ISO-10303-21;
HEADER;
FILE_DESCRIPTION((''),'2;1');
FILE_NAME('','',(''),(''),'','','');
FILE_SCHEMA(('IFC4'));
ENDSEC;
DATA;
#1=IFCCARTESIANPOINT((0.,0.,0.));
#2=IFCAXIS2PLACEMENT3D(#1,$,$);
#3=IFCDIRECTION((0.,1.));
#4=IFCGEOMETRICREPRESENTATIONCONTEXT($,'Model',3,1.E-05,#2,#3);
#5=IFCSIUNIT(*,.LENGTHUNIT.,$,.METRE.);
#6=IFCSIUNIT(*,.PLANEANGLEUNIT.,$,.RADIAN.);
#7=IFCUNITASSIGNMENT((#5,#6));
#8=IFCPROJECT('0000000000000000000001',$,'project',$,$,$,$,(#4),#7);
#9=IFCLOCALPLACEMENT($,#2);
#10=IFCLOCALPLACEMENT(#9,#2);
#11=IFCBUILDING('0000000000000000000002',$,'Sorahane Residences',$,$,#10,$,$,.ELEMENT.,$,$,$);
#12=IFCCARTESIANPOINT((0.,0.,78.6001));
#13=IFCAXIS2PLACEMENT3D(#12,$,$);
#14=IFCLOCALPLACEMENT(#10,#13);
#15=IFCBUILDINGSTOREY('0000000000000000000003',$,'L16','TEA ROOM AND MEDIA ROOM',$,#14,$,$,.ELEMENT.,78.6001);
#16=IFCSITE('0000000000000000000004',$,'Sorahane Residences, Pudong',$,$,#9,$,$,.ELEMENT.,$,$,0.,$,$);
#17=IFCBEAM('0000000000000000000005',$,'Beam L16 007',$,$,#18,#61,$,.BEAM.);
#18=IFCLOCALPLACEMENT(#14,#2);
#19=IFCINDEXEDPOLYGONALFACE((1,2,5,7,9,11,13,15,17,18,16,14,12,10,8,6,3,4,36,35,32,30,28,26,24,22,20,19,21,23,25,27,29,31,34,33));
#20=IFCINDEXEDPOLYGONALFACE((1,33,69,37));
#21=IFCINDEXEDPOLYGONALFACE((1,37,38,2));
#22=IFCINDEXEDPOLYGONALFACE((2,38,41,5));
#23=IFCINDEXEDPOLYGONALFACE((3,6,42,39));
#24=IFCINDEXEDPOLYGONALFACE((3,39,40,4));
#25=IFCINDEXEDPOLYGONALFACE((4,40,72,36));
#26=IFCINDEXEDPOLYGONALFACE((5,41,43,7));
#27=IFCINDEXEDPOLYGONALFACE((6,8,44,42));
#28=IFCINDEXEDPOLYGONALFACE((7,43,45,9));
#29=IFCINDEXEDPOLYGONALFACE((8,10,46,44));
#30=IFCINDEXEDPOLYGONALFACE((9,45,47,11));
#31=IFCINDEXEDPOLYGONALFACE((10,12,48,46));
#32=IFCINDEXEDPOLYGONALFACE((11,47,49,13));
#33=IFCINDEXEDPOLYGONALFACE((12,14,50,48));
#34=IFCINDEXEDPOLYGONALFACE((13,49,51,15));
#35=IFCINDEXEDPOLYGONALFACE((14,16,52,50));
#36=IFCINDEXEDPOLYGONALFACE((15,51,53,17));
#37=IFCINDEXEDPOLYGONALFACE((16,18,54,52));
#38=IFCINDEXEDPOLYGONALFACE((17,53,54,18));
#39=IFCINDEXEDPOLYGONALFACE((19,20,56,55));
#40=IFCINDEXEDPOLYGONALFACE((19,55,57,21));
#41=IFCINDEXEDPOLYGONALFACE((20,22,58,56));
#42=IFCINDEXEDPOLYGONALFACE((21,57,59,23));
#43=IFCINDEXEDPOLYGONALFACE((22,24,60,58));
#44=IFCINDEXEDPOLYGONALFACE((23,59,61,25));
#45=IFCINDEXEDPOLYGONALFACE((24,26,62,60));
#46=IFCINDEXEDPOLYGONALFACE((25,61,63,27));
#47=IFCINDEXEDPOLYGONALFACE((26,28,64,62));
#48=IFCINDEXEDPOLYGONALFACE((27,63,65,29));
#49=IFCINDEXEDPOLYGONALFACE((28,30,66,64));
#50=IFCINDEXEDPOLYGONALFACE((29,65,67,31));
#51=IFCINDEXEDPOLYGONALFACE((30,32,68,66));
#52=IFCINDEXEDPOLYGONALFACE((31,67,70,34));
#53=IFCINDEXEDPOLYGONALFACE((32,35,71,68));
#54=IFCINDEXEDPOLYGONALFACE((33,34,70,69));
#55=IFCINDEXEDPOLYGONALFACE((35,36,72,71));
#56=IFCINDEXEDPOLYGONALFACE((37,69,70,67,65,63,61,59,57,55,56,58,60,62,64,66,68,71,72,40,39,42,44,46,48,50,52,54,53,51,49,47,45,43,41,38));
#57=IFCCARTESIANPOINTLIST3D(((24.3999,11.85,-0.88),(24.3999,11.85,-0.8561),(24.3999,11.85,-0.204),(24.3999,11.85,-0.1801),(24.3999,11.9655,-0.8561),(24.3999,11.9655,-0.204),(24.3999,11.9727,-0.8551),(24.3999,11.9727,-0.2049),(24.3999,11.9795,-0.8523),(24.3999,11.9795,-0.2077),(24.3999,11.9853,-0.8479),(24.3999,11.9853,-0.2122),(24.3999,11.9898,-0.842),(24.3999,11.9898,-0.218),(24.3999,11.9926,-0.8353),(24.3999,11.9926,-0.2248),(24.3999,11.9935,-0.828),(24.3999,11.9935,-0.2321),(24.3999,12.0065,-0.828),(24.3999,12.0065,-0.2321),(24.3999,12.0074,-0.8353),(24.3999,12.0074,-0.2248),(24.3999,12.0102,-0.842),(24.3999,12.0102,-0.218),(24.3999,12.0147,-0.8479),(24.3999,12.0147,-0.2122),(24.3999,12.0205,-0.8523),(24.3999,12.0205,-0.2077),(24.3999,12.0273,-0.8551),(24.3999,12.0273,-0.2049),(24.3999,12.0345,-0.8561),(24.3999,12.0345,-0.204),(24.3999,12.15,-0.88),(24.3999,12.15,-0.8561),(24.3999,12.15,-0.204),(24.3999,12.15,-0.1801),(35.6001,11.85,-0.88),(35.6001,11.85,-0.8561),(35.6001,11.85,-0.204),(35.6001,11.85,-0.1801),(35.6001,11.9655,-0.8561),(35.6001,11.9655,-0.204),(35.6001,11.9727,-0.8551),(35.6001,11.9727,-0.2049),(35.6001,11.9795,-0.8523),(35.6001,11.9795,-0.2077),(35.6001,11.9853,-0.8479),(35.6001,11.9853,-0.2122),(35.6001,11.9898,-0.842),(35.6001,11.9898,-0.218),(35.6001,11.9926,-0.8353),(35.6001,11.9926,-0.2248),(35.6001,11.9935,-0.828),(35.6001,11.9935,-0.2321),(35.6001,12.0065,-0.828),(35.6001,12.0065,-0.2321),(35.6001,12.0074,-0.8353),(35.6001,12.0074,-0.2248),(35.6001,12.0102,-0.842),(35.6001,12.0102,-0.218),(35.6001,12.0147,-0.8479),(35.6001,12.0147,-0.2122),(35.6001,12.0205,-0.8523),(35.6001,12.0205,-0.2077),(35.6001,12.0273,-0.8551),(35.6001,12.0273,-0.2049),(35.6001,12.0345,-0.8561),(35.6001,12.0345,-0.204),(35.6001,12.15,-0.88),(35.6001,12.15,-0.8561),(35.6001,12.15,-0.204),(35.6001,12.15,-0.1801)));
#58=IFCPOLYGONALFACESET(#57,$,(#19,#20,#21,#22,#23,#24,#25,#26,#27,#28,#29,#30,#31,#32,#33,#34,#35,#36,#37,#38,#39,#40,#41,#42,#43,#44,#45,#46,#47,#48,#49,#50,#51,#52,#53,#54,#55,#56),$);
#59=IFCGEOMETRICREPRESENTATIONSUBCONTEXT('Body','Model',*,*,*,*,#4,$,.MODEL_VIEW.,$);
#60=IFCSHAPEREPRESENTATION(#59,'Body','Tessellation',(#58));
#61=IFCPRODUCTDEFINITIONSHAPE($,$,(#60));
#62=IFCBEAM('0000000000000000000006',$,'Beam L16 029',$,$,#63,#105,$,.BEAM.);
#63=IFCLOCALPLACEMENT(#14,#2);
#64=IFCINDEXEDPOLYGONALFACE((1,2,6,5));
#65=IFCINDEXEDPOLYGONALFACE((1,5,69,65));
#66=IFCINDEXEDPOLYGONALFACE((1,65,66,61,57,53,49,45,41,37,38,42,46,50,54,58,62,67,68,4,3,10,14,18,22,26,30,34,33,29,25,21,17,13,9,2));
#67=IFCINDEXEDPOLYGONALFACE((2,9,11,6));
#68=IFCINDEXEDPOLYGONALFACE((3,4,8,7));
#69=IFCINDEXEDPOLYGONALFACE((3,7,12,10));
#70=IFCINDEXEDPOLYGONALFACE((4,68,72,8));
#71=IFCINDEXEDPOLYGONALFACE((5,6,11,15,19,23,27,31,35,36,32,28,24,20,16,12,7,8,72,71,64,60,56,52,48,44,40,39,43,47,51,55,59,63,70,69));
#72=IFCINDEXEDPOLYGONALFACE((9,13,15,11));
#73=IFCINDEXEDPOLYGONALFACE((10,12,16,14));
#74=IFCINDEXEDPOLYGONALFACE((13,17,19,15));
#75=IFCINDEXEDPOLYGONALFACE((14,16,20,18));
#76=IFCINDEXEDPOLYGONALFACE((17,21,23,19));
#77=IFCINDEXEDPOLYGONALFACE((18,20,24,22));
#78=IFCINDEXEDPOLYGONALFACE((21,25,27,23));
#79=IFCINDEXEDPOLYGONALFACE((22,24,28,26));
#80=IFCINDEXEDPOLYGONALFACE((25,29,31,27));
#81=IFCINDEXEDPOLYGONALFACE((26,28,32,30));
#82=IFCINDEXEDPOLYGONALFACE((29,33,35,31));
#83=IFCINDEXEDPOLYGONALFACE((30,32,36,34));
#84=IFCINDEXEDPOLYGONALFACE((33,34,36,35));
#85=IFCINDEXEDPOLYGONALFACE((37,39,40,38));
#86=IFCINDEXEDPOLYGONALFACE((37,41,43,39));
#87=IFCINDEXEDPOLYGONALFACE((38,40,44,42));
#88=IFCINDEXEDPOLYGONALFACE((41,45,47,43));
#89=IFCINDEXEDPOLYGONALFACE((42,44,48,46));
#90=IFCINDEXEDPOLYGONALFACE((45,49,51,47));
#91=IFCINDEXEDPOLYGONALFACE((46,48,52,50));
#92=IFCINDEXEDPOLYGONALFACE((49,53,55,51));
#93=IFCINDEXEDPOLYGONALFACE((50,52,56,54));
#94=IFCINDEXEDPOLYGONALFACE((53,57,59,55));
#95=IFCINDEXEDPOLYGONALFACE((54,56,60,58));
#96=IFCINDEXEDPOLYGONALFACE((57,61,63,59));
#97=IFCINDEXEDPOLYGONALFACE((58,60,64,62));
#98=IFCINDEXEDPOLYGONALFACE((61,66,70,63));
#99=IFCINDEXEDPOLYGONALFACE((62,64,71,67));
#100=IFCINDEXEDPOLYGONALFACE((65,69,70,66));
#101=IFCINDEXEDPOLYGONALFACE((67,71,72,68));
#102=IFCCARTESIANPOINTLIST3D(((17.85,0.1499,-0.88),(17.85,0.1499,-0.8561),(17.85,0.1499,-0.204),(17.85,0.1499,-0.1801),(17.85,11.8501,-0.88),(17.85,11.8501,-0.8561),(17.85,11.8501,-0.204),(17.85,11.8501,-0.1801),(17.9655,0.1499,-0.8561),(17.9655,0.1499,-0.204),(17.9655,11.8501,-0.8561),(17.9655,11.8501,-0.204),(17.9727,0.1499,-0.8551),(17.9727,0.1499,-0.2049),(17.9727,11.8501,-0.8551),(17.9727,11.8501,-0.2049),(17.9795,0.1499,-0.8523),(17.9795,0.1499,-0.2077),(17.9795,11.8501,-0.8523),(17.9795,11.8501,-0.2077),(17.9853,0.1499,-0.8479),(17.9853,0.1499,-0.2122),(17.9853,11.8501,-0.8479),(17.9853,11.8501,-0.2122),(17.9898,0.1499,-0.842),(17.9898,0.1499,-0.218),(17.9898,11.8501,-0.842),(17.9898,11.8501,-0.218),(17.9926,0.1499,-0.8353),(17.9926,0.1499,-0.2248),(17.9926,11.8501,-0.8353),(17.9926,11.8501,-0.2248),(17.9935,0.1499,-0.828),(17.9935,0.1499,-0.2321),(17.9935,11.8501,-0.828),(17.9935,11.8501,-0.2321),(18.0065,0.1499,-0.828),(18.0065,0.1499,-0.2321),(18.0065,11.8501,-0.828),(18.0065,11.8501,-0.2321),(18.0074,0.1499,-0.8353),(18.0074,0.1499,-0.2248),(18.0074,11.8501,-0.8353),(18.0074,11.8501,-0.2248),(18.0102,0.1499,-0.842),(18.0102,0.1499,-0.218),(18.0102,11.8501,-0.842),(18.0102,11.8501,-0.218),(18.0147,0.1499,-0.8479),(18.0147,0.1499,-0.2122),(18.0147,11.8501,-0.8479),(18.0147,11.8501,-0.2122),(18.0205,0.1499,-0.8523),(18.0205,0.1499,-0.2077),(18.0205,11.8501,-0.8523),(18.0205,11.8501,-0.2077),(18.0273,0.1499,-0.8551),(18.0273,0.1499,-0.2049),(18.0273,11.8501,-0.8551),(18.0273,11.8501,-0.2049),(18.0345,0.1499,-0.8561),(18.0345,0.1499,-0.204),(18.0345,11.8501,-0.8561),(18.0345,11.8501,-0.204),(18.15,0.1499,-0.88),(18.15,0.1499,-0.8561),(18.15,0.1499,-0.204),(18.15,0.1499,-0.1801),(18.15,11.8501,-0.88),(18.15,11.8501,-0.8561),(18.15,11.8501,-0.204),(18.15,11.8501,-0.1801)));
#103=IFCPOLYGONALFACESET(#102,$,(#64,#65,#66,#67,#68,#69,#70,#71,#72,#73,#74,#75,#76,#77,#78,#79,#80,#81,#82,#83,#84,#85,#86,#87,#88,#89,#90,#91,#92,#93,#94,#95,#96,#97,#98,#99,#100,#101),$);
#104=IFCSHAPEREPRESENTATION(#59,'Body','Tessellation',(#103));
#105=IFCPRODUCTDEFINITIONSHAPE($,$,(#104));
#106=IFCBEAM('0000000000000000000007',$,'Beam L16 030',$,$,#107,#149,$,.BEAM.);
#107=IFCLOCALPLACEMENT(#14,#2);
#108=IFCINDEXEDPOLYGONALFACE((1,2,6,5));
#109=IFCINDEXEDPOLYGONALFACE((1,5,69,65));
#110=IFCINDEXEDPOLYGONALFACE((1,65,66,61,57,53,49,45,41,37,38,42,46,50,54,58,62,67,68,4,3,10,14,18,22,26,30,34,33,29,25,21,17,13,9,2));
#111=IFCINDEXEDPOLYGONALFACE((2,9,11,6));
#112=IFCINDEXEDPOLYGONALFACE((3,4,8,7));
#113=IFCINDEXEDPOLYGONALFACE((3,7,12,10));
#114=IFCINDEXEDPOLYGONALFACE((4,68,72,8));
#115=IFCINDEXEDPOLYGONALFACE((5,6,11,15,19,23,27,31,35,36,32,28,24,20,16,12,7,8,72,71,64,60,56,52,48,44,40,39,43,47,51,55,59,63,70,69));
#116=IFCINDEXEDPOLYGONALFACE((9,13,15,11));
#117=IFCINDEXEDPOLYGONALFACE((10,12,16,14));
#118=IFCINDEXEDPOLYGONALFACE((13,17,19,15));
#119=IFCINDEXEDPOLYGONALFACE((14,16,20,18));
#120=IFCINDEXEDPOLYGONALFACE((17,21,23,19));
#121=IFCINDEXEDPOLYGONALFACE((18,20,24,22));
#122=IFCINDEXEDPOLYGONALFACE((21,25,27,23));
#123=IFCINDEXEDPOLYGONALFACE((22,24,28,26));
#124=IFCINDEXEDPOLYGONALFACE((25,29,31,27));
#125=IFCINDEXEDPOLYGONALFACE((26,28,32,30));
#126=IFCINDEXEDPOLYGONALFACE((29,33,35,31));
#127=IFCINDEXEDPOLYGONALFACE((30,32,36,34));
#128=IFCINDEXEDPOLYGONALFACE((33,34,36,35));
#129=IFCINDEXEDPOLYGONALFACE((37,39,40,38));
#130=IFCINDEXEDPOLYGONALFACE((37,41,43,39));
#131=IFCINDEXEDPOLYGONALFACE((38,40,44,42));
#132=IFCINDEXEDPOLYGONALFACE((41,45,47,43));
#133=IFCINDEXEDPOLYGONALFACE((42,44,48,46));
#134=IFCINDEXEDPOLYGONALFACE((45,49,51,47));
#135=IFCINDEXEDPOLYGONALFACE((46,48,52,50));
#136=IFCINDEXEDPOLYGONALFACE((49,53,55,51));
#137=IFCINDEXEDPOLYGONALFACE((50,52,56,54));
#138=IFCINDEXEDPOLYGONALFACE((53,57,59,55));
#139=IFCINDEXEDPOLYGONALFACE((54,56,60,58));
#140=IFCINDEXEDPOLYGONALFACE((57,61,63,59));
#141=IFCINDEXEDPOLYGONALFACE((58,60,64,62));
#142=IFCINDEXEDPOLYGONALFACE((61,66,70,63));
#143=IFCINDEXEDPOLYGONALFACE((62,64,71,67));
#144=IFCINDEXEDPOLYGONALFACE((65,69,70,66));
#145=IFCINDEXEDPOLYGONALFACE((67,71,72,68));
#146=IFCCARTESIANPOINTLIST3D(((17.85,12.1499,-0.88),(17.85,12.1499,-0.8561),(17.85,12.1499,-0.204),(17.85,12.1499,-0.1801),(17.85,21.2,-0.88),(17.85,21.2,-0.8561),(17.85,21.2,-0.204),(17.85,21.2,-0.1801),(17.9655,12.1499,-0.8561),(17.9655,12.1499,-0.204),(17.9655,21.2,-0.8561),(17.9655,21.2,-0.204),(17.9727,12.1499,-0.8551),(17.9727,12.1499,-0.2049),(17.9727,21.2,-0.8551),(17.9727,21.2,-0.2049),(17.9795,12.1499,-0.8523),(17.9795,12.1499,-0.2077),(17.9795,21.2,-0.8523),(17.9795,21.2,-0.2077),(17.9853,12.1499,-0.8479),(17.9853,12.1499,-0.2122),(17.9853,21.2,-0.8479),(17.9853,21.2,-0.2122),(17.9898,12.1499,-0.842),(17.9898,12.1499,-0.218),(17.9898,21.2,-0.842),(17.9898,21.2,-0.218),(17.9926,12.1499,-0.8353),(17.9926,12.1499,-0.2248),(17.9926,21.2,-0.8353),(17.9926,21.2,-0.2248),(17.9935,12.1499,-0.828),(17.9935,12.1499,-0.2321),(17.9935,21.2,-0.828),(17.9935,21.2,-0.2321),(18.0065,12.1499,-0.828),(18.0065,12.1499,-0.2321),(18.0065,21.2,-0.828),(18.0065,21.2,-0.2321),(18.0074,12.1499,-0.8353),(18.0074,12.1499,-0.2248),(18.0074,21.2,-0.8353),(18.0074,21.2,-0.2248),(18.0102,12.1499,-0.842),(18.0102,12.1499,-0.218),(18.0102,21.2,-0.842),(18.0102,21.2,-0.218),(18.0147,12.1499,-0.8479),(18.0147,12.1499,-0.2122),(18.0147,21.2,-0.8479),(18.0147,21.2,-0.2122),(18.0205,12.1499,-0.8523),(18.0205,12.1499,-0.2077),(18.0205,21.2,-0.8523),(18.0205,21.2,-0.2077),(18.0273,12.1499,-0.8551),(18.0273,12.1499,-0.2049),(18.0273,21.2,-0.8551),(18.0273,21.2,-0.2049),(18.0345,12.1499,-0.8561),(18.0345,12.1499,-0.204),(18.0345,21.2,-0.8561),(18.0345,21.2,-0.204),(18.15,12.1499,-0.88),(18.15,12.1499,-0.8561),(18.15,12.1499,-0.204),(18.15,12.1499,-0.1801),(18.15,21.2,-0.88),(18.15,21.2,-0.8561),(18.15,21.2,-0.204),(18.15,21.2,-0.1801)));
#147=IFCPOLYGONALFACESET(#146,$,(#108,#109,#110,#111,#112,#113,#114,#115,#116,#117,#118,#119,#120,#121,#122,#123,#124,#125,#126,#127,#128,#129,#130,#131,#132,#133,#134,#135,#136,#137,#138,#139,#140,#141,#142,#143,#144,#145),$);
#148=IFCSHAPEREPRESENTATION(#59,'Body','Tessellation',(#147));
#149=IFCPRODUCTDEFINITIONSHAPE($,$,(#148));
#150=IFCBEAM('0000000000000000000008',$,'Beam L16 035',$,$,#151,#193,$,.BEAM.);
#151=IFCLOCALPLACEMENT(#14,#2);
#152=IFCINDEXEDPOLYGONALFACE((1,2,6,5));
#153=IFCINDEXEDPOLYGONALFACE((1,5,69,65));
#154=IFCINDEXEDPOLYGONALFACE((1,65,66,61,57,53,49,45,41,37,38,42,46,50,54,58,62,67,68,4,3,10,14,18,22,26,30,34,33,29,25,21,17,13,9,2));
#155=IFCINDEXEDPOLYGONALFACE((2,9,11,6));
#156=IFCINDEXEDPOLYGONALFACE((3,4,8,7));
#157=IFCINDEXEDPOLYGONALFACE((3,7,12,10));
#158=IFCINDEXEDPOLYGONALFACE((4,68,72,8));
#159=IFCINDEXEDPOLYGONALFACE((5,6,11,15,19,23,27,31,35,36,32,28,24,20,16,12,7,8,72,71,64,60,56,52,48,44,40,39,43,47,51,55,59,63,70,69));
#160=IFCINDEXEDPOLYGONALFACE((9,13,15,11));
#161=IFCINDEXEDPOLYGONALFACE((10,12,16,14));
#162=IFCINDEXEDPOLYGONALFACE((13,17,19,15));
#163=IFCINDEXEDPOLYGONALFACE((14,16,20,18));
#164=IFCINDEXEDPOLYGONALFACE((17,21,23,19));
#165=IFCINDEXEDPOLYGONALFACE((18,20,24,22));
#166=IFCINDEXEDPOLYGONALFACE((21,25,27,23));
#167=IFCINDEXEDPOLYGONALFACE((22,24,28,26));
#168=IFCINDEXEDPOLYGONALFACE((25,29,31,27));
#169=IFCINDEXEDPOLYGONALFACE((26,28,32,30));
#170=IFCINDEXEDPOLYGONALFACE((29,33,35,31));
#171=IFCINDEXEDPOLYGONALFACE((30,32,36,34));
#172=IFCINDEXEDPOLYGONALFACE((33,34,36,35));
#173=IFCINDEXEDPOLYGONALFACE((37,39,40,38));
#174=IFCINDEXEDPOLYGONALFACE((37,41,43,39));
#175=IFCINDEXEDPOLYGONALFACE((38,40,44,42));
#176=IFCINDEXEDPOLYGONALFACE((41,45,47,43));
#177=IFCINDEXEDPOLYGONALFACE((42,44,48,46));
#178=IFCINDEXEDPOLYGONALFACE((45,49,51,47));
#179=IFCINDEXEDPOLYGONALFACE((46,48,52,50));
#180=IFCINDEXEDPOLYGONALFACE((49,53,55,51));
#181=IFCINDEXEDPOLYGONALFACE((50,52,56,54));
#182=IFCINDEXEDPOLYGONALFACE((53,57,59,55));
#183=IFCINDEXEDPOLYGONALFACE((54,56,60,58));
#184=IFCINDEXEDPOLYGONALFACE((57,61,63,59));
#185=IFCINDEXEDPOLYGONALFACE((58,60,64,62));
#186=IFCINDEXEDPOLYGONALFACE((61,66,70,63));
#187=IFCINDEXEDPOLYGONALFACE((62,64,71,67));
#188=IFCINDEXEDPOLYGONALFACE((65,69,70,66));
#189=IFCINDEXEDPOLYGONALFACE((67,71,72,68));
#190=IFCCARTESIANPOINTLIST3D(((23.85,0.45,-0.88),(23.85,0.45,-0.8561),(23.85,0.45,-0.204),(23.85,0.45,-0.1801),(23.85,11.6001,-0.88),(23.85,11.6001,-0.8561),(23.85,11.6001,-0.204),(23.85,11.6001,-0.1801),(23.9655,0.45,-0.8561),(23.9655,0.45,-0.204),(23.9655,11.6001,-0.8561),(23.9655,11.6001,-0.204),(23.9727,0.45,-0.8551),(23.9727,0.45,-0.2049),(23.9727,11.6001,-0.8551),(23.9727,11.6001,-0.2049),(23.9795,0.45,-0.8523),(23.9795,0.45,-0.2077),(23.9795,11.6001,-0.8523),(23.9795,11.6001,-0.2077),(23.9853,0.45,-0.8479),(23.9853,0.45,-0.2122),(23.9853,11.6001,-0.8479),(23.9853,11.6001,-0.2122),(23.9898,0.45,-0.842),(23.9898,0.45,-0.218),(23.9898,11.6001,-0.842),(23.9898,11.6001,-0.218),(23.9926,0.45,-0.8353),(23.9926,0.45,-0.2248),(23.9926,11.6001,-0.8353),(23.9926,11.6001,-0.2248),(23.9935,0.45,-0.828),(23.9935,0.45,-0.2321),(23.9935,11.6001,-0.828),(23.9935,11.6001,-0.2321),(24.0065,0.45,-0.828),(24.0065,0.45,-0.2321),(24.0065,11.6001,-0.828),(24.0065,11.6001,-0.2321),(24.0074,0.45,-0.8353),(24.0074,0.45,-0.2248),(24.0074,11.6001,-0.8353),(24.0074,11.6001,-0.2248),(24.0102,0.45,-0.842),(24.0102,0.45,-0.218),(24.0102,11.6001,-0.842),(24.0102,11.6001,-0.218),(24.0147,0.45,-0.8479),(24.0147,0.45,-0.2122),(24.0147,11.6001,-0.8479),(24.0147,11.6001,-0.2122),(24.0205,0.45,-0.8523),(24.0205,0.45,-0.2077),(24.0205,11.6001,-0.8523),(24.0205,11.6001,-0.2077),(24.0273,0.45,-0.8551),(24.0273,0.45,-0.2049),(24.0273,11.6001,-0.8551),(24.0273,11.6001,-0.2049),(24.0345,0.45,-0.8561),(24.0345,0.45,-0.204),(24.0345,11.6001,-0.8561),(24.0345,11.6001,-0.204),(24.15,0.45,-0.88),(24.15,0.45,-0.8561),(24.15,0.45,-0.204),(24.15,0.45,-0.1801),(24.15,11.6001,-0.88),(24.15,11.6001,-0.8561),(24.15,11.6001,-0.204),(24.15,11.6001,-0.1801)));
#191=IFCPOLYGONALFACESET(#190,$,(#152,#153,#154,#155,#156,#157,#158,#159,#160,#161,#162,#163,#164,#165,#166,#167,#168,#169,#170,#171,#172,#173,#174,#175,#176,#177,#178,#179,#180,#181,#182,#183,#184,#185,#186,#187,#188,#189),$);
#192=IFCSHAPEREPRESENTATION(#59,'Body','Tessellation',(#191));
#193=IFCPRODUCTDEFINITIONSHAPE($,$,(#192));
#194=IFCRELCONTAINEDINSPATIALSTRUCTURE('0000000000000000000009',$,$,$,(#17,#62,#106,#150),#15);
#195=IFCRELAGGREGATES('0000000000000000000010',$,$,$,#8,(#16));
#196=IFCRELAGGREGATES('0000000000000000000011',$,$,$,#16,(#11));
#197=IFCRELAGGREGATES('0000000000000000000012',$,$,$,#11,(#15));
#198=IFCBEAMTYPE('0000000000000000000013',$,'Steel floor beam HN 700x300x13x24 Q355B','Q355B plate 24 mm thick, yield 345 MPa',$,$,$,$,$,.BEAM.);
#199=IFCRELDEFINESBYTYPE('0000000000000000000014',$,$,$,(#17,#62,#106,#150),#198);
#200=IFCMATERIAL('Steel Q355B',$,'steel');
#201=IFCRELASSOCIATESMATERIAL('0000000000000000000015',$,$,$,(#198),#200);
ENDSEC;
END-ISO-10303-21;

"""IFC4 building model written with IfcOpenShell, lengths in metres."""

from ifc_helpers import new_model, si_unit, direction, frame, origin, origin_2d, place, context, subcontext, project, spatial, i_section, extrude, material, material_profile, profile_set, type_object, element, save


model = new_model("IFC4")

# Units and contexts
model_context = context("Model", 3, precision=1e-05, world=origin(), true_north=direction((0.0, 1.0)))
body_context = subcontext(model_context, "Body", "Model", "MODEL_VIEW")
ifc_project = project(units=[si_unit("LENGTHUNIT", "METRE"), si_unit("PLANEANGLEUNIT", "RADIAN")], contexts=[model_context])

# Site, building, storey
site_placement = place(None, origin())
site = spatial("IfcSite", under=ifc_project, at=site_placement, Name="Sorahane Residences, Pudong", CompositionType="ELEMENT", RefElevation=0.0)
building_placement = place(site_placement, origin())
building = spatial("IfcBuilding", under=site, at=building_placement, Name="Sorahane Residences", CompositionType="ELEMENT")
storey_placement = place(building_placement, frame((0.0, 0.0, 78.6001)))
storey = spatial("IfcBuildingStorey", under=building, at=storey_placement, Name="L16", Description="TEA ROOM AND MEDIA ROOM", CompositionType="ELEMENT", Elevation=78.6001)

# Beams
ifc_material_1 = material(Name="Steel Q355B", Category="steel")
ifc_material_profile_1 = material_profile(ifc_material_1, i_section(OverallWidth=0.3, OverallDepth=0.7, WebThickness=0.0129, FlangeThickness=0.0239, FilletRadius=0.0281, at=origin_2d()), Name="HN 700x300x13x24")
ifc_profile_set_1 = profile_set([ifc_material_profile_1], Name="Steel Q355B")
beam_type_1 = type_object("IfcBeamType", Name="Steel floor beam HN 700x300x13x24 Q355B", Description="Q355B plate 24 mm thick, yield 345 MPa", PredefinedType="BEAM", material=ifc_profile_set_1)
for number, where, z_axis, x_axis, name in (
    (1, (24.3999, 12.0, -0.53), (1.0, 0.0, 0.0), (0.0, 1.0, 0.0), "Beam L16 007"),
):
    element("IfcBeam", number, at=place(storey_placement, frame(where, z_axis=z_axis, x_axis=x_axis)), inside=storey, type_object=beam_type_1, Name=name, PredefinedType="BEAM", context=body_context, shape_type="SweptSolid", body=[
        extrude(i_section(OverallWidth=0.3, OverallDepth=0.7, WebThickness=0.0129, FlangeThickness=0.0239, FilletRadius=0.0281, at=origin_2d()), origin(), (0.0, 0.0, 1.0), 11.2002),
    ])
beam_1_placement = place(storey_placement, frame((18.0, 0.1499, -0.53), z_axis=(0.0, 1.0, 0.0), x_axis=(-1.0, 0.0, 0.0)))
element("IfcBeam", 2, at=beam_1_placement, inside=storey, type_object=beam_type_1, Name="Beam L16 029", PredefinedType="BEAM", context=body_context, shape_type="SweptSolid", body=[
    extrude(i_section(OverallWidth=0.3, OverallDepth=0.7, WebThickness=0.0129, FlangeThickness=0.0239, FilletRadius=0.0281, at=origin_2d()), origin(), (0.0, 0.0, 1.0), 11.7002),
])
beam_2_placement = place(storey_placement, frame((18.0, 12.1499, -0.53), z_axis=(0.0, 1.0, 0.0), x_axis=(-1.0, 0.0, 0.0)))
element("IfcBeam", 3, at=beam_2_placement, inside=storey, type_object=beam_type_1, Name="Beam L16 030", PredefinedType="BEAM", context=body_context, shape_type="SweptSolid", body=[
    extrude(i_section(OverallWidth=0.3, OverallDepth=0.7, WebThickness=0.0129, FlangeThickness=0.0239, FilletRadius=0.0281, at=origin_2d()), origin(), (0.0, 0.0, 1.0), 9.05),
])
beam_3_placement = place(storey_placement, frame((24.0, 0.45, -0.53), z_axis=(0.0, 1.0, 0.0), x_axis=(-1.0, 0.0, 0.0)))
element("IfcBeam", 4, at=beam_3_placement, inside=storey, type_object=beam_type_1, Name="Beam L16 035", PredefinedType="BEAM", context=body_context, shape_type="SweptSolid", body=[
    extrude(i_section(OverallWidth=0.3, OverallDepth=0.7, WebThickness=0.0129, FlangeThickness=0.0239, FilletRadius=0.0281, at=origin_2d()), origin(), (0.0, 0.0, 1.0), 11.1501),
])

save(model, "model.ifc")
